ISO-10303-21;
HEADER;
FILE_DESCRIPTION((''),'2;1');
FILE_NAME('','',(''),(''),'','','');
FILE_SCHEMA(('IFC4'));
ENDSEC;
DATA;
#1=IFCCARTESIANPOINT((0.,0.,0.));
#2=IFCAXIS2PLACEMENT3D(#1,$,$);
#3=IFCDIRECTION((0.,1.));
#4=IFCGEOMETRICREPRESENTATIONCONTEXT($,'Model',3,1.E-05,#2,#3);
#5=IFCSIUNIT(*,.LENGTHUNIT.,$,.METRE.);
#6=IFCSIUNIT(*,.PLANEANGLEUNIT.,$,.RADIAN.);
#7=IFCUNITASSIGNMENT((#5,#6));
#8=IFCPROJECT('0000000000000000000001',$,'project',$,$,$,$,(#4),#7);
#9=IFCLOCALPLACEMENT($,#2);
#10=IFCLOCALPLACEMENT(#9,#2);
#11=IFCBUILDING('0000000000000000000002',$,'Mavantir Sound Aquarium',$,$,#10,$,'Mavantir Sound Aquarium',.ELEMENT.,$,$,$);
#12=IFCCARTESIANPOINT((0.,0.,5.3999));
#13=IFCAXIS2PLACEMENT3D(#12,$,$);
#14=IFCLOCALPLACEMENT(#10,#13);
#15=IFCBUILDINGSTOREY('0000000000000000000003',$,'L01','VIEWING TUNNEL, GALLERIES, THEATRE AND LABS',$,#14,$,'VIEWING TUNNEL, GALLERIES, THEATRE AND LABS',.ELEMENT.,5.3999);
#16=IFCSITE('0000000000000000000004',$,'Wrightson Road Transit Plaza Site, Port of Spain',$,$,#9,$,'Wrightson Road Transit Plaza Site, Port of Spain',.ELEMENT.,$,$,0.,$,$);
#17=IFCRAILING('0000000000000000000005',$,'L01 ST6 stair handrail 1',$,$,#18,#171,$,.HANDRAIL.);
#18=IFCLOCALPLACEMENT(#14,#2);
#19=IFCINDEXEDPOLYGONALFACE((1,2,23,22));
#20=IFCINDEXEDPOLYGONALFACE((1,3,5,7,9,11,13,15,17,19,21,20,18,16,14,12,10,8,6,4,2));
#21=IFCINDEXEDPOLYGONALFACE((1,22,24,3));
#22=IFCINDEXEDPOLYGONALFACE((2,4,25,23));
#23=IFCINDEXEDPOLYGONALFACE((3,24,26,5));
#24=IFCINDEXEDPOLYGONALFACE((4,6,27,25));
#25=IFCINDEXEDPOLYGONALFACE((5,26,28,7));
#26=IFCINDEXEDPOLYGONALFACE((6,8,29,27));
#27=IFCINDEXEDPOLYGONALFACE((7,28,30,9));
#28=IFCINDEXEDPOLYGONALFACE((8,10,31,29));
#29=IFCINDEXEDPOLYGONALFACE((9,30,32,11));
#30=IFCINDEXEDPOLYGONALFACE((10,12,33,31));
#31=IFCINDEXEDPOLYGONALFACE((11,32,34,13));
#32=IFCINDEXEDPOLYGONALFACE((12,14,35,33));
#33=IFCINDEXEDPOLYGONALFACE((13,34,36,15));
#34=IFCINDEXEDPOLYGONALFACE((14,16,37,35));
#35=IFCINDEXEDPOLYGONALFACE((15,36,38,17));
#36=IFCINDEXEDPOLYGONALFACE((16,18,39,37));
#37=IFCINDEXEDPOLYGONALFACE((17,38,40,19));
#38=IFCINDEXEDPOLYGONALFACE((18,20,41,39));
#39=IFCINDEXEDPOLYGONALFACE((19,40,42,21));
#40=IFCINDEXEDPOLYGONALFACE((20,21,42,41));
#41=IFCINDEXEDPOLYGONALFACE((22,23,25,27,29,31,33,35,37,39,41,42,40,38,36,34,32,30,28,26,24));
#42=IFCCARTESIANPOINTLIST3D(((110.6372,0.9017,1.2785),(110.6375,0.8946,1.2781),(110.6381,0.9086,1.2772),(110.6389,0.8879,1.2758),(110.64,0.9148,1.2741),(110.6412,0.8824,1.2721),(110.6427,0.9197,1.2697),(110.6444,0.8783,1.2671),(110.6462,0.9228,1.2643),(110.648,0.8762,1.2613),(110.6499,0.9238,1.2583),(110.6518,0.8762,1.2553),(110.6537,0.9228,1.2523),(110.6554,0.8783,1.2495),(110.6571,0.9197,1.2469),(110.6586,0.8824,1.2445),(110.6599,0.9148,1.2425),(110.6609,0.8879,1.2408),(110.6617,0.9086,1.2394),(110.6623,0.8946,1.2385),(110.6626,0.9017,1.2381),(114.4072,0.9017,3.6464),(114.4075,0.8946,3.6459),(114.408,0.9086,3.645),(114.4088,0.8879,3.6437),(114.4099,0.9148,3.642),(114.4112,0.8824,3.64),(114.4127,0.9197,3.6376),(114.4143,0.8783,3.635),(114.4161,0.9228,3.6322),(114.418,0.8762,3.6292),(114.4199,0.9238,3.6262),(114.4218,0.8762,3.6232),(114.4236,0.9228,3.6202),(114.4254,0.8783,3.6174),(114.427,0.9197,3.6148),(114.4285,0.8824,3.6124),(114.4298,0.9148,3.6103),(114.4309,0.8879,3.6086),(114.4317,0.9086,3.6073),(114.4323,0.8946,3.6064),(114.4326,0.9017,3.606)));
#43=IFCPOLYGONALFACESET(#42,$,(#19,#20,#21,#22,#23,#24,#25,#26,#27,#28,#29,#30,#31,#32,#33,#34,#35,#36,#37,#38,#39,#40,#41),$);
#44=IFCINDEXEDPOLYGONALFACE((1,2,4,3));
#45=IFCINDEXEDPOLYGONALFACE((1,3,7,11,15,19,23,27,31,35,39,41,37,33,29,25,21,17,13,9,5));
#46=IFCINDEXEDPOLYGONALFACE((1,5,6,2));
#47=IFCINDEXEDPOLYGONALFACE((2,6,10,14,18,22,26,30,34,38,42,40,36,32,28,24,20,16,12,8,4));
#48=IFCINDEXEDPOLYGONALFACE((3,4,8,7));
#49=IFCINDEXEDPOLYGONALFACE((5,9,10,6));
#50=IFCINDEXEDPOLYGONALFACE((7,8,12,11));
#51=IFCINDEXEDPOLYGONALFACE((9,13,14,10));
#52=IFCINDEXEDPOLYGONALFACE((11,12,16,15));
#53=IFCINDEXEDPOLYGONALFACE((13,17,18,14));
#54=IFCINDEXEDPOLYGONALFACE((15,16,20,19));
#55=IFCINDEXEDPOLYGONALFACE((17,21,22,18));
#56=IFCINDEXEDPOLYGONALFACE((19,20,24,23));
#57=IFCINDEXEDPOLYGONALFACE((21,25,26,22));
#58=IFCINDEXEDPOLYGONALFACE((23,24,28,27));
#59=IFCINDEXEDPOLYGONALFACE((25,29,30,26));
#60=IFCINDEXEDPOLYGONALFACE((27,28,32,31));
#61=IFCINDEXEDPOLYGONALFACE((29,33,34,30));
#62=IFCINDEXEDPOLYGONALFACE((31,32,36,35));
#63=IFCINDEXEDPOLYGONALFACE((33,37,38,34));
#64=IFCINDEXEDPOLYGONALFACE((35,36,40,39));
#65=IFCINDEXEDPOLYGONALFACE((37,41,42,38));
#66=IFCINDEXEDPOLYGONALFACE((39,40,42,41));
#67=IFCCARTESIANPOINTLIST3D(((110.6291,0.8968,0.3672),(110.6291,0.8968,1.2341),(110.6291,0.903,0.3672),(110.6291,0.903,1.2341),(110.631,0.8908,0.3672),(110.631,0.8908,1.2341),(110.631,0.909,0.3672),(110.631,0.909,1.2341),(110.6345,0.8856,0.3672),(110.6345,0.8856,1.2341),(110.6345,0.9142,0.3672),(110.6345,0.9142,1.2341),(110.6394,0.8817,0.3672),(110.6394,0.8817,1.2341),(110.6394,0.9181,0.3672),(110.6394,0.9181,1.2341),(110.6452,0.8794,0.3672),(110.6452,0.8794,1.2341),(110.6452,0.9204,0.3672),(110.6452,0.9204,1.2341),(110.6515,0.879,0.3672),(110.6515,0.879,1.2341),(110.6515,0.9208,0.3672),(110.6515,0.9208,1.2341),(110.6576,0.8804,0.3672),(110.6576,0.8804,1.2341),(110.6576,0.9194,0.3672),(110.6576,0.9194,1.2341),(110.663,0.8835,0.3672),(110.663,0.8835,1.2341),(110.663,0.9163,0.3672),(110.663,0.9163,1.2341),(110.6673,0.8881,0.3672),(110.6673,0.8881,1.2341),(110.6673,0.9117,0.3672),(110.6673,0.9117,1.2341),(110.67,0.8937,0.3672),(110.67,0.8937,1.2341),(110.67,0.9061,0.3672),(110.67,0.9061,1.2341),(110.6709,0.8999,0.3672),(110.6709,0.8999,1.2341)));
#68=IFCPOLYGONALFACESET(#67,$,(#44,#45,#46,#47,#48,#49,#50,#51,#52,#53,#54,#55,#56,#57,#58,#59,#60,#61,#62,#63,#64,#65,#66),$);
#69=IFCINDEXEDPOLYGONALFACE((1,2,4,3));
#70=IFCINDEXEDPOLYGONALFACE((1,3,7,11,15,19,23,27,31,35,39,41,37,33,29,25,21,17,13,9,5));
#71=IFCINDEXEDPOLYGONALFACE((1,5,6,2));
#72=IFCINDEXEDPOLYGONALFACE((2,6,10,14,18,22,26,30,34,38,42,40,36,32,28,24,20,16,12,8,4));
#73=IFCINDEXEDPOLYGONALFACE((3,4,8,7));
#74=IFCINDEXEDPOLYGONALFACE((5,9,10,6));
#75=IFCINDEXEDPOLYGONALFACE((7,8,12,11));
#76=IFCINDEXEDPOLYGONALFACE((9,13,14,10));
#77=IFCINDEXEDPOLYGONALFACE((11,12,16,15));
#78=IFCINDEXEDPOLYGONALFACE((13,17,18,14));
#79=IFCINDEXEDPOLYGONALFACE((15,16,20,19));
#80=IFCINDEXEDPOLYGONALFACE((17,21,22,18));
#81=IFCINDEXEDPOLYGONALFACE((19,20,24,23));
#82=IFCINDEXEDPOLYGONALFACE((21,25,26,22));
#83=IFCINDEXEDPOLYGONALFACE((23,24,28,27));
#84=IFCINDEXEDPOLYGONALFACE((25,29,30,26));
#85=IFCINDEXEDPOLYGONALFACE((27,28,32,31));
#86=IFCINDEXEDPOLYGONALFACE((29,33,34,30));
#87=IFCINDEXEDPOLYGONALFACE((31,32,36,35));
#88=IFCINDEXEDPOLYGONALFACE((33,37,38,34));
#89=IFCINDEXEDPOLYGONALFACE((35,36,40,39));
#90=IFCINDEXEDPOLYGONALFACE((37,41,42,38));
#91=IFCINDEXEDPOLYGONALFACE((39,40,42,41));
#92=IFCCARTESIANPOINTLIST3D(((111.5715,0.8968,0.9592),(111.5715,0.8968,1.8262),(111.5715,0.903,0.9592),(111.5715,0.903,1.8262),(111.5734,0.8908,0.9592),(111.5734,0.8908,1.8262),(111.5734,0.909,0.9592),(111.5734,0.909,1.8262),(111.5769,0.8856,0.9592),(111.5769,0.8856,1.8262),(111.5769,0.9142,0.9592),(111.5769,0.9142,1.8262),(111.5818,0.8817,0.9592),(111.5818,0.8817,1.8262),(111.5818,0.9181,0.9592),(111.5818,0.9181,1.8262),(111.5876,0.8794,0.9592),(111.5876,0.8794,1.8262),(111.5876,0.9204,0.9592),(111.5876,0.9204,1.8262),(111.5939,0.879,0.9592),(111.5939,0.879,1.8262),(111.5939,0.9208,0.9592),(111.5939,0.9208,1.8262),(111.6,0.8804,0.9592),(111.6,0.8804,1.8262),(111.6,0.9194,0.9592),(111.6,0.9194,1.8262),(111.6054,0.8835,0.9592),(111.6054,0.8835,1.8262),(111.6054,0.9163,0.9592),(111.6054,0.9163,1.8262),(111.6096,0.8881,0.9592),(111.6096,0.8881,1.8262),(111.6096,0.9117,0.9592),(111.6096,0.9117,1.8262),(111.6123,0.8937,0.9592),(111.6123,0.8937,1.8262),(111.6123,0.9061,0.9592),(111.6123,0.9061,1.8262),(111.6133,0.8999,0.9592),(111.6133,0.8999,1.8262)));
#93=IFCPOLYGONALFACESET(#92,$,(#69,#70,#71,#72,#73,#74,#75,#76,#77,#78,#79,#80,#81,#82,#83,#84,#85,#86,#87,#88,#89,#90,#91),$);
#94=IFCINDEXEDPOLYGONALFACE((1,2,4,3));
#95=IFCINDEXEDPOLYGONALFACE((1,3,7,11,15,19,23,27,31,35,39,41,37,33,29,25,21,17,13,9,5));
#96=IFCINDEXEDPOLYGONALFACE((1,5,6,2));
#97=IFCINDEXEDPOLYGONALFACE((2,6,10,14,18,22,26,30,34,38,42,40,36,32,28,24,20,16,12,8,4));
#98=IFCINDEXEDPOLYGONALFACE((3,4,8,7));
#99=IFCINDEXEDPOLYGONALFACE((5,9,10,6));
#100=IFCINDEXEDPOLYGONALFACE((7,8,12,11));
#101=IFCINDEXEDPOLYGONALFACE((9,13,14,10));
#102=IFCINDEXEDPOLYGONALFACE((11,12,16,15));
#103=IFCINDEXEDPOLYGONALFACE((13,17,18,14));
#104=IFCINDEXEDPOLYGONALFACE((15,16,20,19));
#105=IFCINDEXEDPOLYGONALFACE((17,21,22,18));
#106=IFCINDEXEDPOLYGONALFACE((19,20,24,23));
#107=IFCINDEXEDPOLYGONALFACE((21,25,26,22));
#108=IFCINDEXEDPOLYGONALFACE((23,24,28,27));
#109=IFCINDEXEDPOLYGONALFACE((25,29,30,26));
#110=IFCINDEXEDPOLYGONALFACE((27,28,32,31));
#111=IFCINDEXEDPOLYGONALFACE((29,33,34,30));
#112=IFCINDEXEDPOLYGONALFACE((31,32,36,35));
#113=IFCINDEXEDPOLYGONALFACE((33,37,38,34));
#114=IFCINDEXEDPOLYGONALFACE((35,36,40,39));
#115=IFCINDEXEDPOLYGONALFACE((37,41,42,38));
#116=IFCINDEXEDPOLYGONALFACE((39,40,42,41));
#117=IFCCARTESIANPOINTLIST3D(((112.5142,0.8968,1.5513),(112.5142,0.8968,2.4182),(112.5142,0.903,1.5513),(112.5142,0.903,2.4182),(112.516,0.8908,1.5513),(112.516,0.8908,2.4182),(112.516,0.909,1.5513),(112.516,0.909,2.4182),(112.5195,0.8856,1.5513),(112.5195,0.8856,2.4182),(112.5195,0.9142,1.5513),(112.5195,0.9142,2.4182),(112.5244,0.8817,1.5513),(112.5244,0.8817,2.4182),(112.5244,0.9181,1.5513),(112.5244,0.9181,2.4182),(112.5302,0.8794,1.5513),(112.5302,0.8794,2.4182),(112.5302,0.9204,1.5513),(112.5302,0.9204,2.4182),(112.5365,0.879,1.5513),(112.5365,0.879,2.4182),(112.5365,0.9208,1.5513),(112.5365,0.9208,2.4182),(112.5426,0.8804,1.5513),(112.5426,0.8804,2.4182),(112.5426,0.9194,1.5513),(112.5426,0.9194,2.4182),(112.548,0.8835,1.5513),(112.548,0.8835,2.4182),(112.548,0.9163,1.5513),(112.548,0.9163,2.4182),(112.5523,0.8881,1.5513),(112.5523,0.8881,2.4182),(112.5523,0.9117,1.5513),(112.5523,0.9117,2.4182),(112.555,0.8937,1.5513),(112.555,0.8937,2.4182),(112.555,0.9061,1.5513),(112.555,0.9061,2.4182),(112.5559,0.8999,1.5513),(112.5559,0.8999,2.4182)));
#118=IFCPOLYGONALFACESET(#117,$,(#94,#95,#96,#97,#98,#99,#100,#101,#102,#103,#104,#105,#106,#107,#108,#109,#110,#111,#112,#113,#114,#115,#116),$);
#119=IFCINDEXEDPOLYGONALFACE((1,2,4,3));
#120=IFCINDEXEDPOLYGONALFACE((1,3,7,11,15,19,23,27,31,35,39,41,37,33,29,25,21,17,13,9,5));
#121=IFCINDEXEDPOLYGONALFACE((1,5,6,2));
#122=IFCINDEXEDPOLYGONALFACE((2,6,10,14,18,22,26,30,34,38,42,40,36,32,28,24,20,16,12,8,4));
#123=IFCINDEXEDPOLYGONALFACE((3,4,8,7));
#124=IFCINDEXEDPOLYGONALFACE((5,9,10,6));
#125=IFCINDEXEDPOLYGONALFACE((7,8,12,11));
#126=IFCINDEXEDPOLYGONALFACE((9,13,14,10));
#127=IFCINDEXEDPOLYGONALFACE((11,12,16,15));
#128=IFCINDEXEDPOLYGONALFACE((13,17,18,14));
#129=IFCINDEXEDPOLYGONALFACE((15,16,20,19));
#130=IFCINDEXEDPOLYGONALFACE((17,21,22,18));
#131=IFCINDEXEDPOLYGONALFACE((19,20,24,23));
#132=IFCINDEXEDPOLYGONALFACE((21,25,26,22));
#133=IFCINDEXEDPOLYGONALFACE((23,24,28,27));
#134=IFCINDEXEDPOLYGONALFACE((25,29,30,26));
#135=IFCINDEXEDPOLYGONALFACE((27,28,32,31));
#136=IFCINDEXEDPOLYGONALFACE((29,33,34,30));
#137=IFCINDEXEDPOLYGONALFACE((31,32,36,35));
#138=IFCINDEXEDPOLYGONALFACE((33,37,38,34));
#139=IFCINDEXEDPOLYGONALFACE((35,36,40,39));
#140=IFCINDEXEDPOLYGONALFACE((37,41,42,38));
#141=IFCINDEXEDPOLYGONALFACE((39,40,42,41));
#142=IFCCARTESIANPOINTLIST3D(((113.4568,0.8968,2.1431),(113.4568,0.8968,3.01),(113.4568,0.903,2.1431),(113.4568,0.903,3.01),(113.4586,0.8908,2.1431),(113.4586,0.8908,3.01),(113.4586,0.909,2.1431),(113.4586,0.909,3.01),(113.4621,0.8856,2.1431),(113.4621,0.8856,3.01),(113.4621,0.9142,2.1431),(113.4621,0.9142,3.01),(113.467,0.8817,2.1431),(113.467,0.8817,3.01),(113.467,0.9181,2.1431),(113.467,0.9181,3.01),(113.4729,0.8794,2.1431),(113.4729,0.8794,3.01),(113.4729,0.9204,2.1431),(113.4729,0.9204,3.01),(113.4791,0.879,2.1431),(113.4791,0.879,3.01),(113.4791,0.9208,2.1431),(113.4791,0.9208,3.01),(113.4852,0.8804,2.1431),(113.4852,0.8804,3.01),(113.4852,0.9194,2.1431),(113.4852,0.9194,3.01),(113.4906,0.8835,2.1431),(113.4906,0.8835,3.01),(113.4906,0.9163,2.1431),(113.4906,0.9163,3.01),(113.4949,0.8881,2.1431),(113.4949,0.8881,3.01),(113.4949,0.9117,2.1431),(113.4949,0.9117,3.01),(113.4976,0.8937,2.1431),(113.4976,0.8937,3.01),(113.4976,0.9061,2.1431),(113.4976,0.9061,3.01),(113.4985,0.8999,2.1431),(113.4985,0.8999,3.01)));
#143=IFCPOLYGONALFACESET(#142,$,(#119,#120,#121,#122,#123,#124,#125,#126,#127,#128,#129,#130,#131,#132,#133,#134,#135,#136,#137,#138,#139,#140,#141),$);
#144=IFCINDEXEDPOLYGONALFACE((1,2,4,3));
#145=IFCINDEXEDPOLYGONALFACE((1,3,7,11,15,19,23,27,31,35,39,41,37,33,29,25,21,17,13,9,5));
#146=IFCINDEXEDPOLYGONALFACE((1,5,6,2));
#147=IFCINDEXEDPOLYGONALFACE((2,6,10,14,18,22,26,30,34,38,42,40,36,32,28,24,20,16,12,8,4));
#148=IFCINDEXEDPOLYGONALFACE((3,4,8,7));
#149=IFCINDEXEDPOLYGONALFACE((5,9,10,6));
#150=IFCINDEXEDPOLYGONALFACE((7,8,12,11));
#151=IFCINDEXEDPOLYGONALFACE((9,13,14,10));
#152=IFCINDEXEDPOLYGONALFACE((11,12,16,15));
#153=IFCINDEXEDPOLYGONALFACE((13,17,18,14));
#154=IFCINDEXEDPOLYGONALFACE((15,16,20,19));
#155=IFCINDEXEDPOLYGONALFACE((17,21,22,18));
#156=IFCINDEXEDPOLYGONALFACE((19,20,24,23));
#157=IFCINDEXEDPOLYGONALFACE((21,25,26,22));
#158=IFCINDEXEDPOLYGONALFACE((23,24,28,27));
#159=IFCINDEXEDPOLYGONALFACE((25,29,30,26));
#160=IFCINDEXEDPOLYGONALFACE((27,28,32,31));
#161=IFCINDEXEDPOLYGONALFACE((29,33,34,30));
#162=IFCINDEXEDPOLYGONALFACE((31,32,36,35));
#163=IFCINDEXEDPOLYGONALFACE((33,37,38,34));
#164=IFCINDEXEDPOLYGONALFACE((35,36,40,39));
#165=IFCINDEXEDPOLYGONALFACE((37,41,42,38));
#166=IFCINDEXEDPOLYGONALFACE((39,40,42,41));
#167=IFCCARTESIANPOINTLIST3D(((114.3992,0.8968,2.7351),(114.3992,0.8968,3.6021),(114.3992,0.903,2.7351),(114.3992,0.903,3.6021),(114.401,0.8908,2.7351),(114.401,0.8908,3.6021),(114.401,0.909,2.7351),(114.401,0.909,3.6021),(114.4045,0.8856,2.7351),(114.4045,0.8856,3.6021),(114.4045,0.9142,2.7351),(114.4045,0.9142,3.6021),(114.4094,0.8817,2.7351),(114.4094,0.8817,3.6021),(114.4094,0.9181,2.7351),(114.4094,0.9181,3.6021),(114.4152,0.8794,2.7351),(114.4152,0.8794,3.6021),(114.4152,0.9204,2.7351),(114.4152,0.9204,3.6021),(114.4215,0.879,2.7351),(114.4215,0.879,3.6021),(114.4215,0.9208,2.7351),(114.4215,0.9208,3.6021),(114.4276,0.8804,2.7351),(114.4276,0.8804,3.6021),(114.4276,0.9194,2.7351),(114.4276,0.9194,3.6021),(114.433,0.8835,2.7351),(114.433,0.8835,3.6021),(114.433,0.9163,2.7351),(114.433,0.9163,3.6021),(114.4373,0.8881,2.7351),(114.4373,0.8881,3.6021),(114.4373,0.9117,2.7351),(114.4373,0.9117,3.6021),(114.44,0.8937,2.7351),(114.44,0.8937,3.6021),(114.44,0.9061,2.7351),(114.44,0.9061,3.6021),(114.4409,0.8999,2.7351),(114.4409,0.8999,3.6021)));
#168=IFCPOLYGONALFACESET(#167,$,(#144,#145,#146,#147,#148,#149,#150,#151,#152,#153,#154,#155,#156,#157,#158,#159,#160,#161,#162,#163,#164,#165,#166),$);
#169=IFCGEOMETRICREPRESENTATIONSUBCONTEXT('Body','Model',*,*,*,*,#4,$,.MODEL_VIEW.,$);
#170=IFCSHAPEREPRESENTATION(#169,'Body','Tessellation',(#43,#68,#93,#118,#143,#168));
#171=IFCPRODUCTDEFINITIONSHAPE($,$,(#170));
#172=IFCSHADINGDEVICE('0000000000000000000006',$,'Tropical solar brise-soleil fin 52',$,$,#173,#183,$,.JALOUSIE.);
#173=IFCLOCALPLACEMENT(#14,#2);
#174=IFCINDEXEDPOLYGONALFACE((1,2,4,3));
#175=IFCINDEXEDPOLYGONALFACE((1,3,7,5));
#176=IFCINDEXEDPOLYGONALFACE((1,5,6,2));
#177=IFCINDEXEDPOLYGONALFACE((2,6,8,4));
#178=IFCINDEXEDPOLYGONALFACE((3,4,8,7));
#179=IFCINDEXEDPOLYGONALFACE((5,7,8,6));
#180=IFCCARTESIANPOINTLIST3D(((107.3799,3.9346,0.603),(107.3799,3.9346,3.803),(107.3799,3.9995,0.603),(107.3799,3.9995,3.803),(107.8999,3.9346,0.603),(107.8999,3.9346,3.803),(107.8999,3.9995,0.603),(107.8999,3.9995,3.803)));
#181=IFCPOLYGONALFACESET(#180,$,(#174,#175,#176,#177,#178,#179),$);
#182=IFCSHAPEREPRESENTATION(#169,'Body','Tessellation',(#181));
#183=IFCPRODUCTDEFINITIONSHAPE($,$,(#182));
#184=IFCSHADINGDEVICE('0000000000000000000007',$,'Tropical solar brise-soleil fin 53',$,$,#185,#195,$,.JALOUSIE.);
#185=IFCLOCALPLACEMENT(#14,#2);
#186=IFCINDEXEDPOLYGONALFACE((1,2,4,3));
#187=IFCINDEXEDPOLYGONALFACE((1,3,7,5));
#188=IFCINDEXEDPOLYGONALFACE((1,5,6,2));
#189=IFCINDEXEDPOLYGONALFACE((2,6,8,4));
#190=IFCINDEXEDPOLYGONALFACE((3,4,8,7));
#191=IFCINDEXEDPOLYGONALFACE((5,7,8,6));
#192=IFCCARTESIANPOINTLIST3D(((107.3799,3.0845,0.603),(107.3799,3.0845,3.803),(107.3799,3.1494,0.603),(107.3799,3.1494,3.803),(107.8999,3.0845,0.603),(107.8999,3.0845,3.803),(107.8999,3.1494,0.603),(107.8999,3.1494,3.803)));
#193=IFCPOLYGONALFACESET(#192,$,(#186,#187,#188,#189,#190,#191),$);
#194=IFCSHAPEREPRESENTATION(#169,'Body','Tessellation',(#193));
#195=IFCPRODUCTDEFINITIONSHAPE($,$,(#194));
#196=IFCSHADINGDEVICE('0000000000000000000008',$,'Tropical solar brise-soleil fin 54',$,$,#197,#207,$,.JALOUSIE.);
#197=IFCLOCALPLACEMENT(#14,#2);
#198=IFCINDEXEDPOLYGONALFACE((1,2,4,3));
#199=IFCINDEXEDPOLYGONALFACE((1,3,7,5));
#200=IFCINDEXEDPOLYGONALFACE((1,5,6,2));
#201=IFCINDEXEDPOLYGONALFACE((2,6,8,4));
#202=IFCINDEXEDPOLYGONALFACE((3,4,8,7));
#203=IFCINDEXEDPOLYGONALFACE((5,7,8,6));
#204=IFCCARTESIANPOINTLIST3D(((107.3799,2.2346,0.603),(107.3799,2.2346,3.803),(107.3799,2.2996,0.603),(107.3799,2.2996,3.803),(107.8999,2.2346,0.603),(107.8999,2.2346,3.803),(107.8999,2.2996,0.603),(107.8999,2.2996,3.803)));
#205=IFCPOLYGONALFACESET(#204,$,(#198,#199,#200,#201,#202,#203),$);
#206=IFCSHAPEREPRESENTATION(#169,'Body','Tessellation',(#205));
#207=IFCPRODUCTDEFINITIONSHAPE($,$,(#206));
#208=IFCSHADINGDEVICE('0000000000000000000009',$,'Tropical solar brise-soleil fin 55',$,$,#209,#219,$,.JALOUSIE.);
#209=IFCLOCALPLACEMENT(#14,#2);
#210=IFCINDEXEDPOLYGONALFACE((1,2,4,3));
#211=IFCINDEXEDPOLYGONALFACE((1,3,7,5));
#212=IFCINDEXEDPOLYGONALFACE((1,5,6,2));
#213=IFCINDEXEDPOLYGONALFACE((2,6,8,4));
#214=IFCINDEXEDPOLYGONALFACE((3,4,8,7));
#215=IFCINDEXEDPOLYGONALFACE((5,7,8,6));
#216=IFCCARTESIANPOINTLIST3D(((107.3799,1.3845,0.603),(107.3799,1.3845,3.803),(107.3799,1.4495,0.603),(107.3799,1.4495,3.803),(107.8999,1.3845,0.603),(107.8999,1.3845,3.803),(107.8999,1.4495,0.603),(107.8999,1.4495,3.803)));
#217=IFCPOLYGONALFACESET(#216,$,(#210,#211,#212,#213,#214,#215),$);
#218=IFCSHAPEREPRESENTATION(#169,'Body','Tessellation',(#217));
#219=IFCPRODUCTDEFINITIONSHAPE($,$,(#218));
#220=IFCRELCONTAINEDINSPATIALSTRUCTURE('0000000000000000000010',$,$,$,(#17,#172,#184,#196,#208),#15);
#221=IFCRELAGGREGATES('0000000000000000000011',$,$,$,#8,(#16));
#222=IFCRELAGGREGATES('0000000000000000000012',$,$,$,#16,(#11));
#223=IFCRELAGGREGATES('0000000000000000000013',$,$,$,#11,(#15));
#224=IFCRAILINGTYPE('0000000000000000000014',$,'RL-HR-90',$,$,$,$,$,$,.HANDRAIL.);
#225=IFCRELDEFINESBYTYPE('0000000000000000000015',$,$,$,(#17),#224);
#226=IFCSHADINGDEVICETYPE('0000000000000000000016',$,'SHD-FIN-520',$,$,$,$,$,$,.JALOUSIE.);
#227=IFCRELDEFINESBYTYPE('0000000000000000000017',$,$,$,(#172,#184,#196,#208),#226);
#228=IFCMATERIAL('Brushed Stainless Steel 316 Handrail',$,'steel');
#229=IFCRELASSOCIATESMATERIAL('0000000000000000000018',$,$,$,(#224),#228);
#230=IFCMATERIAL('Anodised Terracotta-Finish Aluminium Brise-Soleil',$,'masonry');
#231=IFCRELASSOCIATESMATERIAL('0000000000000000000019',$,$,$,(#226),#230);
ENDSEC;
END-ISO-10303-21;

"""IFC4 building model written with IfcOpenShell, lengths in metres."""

from ifc_helpers import new_model, si_unit, direction, frame, origin, origin_2d, place, context, subcontext, project, spatial, rectangle, circle, extrude, material, type_object, element, save


model = new_model("IFC4")

# Units and contexts
model_context = context("Model", 3, precision=1e-05, world=origin(), true_north=direction((0.0, 1.0)))
body_context = subcontext(model_context, "Body", "Model", "MODEL_VIEW")
ifc_project = project(units=[si_unit("LENGTHUNIT", "METRE"), si_unit("PLANEANGLEUNIT", "RADIAN")], contexts=[model_context])

# Site, building, storey
site_placement = place(None, origin())
site = spatial("IfcSite", under=ifc_project, at=site_placement, Name="Wrightson Road Transit Plaza Site, Port of Spain", LongName="Wrightson Road Transit Plaza Site, Port of Spain", CompositionType="ELEMENT", RefElevation=0.0)
building_placement = place(site_placement, origin())
building = spatial("IfcBuilding", under=site, at=building_placement, Name="Mavantir Sound Aquarium", LongName="Mavantir Sound Aquarium", CompositionType="ELEMENT")
storey_placement = place(building_placement, frame((0.0, 0.0, 5.3999)))
storey = spatial("IfcBuildingStorey", under=building, at=storey_placement, Name="L01", Description="VIEWING TUNNEL, GALLERIES, THEATRE AND LABS", LongName="VIEWING TUNNEL, GALLERIES, THEATRE AND LABS", CompositionType="ELEMENT", Elevation=5.3999)

# Railing
ifc_material_1 = material(Name="Brushed Stainless Steel 316 Handrail", Category="steel")
railing_type_1 = type_object("IfcRailingType", Name="RL-HR-90", PredefinedType="HANDRAIL", material=ifc_material_1)
railing_1_placement = place(storey_placement, frame((110.6499, 0.8999, 0.3672)))
element("IfcRailing", 1, at=railing_1_placement, inside=storey, type_object=railing_type_1, Name="L01 ST6 stair handrail 1", PredefinedType="HANDRAIL", context=body_context, shape_type="SweptSolid", body=[
    extrude(circle(Radius=0.0239, at=origin_2d()), frame((0.0, 0.0, 0.8911), z_axis=(0.846819, 0.0, 0.531881), x_axis=(0.0, 1.0, 0.0)), (0.0, 0.0, 1.0), 4.4519),
    extrude(circle(Radius=0.021, at=origin_2d()), origin(), (0.0, 0.0, 1.0), 0.8669),
    extrude(circle(Radius=0.021, at=origin_2d()), frame((0.9424, 0.0, 0.592)), (0.0, 0.0, 1.0), 0.8669),
    extrude(circle(Radius=0.021, at=origin_2d()), frame((1.885, 0.0, 1.1841)), (0.0, 0.0, 1.0), 0.8669),
    extrude(circle(Radius=0.021, at=origin_2d()), frame((2.8276, 0.0, 1.7759)), (0.0, 0.0, 1.0), 0.8669),
    extrude(circle(Radius=0.021, at=origin_2d()), frame((3.77, 0.0, 2.3679)), (0.0, 0.0, 1.0), 0.8669),
])

# Shading devices
ifc_material_2 = material(Name="Anodised Terracotta-Finish Aluminium Brise-Soleil", Category="masonry")
shading_device_type = type_object("IfcShadingDeviceType", Name="SHD-FIN-520", PredefinedType="JALOUSIE", material=ifc_material_2)
for number, where, z_axis, x_axis, name in (
    (2, (107.6399, 3.967, 0.603), (0.0, 0.0, 1.0), (0.0, 1.0, 0.0), "Tropical solar brise-soleil fin 52"),
    (3, (107.6399, 3.1169, 0.603), (0.0, 0.0, 1.0), (0.0, 1.0, 0.0), "Tropical solar brise-soleil fin 53"),
    (4, (107.6399, 2.2671, 0.603), (0.0, 0.0, 1.0), (0.0, 1.0, 0.0), "Tropical solar brise-soleil fin 54"),
    (5, (107.6399, 1.417, 0.603), (0.0, 0.0, 1.0), (0.0, 1.0, 0.0), "Tropical solar brise-soleil fin 55"),
):
    element("IfcShadingDevice", number, at=place(storey_placement, frame(where, z_axis=z_axis, x_axis=x_axis)), inside=storey, type_object=shading_device_type, Name=name, PredefinedType="JALOUSIE", context=body_context, shape_type="SweptSolid", body=[
        extrude(rectangle(XDim=0.0649, YDim=0.52, at=origin_2d()), origin(), (0.0, 0.0, 1.0), 3.2),
    ])

save(model, "model.ifc")
